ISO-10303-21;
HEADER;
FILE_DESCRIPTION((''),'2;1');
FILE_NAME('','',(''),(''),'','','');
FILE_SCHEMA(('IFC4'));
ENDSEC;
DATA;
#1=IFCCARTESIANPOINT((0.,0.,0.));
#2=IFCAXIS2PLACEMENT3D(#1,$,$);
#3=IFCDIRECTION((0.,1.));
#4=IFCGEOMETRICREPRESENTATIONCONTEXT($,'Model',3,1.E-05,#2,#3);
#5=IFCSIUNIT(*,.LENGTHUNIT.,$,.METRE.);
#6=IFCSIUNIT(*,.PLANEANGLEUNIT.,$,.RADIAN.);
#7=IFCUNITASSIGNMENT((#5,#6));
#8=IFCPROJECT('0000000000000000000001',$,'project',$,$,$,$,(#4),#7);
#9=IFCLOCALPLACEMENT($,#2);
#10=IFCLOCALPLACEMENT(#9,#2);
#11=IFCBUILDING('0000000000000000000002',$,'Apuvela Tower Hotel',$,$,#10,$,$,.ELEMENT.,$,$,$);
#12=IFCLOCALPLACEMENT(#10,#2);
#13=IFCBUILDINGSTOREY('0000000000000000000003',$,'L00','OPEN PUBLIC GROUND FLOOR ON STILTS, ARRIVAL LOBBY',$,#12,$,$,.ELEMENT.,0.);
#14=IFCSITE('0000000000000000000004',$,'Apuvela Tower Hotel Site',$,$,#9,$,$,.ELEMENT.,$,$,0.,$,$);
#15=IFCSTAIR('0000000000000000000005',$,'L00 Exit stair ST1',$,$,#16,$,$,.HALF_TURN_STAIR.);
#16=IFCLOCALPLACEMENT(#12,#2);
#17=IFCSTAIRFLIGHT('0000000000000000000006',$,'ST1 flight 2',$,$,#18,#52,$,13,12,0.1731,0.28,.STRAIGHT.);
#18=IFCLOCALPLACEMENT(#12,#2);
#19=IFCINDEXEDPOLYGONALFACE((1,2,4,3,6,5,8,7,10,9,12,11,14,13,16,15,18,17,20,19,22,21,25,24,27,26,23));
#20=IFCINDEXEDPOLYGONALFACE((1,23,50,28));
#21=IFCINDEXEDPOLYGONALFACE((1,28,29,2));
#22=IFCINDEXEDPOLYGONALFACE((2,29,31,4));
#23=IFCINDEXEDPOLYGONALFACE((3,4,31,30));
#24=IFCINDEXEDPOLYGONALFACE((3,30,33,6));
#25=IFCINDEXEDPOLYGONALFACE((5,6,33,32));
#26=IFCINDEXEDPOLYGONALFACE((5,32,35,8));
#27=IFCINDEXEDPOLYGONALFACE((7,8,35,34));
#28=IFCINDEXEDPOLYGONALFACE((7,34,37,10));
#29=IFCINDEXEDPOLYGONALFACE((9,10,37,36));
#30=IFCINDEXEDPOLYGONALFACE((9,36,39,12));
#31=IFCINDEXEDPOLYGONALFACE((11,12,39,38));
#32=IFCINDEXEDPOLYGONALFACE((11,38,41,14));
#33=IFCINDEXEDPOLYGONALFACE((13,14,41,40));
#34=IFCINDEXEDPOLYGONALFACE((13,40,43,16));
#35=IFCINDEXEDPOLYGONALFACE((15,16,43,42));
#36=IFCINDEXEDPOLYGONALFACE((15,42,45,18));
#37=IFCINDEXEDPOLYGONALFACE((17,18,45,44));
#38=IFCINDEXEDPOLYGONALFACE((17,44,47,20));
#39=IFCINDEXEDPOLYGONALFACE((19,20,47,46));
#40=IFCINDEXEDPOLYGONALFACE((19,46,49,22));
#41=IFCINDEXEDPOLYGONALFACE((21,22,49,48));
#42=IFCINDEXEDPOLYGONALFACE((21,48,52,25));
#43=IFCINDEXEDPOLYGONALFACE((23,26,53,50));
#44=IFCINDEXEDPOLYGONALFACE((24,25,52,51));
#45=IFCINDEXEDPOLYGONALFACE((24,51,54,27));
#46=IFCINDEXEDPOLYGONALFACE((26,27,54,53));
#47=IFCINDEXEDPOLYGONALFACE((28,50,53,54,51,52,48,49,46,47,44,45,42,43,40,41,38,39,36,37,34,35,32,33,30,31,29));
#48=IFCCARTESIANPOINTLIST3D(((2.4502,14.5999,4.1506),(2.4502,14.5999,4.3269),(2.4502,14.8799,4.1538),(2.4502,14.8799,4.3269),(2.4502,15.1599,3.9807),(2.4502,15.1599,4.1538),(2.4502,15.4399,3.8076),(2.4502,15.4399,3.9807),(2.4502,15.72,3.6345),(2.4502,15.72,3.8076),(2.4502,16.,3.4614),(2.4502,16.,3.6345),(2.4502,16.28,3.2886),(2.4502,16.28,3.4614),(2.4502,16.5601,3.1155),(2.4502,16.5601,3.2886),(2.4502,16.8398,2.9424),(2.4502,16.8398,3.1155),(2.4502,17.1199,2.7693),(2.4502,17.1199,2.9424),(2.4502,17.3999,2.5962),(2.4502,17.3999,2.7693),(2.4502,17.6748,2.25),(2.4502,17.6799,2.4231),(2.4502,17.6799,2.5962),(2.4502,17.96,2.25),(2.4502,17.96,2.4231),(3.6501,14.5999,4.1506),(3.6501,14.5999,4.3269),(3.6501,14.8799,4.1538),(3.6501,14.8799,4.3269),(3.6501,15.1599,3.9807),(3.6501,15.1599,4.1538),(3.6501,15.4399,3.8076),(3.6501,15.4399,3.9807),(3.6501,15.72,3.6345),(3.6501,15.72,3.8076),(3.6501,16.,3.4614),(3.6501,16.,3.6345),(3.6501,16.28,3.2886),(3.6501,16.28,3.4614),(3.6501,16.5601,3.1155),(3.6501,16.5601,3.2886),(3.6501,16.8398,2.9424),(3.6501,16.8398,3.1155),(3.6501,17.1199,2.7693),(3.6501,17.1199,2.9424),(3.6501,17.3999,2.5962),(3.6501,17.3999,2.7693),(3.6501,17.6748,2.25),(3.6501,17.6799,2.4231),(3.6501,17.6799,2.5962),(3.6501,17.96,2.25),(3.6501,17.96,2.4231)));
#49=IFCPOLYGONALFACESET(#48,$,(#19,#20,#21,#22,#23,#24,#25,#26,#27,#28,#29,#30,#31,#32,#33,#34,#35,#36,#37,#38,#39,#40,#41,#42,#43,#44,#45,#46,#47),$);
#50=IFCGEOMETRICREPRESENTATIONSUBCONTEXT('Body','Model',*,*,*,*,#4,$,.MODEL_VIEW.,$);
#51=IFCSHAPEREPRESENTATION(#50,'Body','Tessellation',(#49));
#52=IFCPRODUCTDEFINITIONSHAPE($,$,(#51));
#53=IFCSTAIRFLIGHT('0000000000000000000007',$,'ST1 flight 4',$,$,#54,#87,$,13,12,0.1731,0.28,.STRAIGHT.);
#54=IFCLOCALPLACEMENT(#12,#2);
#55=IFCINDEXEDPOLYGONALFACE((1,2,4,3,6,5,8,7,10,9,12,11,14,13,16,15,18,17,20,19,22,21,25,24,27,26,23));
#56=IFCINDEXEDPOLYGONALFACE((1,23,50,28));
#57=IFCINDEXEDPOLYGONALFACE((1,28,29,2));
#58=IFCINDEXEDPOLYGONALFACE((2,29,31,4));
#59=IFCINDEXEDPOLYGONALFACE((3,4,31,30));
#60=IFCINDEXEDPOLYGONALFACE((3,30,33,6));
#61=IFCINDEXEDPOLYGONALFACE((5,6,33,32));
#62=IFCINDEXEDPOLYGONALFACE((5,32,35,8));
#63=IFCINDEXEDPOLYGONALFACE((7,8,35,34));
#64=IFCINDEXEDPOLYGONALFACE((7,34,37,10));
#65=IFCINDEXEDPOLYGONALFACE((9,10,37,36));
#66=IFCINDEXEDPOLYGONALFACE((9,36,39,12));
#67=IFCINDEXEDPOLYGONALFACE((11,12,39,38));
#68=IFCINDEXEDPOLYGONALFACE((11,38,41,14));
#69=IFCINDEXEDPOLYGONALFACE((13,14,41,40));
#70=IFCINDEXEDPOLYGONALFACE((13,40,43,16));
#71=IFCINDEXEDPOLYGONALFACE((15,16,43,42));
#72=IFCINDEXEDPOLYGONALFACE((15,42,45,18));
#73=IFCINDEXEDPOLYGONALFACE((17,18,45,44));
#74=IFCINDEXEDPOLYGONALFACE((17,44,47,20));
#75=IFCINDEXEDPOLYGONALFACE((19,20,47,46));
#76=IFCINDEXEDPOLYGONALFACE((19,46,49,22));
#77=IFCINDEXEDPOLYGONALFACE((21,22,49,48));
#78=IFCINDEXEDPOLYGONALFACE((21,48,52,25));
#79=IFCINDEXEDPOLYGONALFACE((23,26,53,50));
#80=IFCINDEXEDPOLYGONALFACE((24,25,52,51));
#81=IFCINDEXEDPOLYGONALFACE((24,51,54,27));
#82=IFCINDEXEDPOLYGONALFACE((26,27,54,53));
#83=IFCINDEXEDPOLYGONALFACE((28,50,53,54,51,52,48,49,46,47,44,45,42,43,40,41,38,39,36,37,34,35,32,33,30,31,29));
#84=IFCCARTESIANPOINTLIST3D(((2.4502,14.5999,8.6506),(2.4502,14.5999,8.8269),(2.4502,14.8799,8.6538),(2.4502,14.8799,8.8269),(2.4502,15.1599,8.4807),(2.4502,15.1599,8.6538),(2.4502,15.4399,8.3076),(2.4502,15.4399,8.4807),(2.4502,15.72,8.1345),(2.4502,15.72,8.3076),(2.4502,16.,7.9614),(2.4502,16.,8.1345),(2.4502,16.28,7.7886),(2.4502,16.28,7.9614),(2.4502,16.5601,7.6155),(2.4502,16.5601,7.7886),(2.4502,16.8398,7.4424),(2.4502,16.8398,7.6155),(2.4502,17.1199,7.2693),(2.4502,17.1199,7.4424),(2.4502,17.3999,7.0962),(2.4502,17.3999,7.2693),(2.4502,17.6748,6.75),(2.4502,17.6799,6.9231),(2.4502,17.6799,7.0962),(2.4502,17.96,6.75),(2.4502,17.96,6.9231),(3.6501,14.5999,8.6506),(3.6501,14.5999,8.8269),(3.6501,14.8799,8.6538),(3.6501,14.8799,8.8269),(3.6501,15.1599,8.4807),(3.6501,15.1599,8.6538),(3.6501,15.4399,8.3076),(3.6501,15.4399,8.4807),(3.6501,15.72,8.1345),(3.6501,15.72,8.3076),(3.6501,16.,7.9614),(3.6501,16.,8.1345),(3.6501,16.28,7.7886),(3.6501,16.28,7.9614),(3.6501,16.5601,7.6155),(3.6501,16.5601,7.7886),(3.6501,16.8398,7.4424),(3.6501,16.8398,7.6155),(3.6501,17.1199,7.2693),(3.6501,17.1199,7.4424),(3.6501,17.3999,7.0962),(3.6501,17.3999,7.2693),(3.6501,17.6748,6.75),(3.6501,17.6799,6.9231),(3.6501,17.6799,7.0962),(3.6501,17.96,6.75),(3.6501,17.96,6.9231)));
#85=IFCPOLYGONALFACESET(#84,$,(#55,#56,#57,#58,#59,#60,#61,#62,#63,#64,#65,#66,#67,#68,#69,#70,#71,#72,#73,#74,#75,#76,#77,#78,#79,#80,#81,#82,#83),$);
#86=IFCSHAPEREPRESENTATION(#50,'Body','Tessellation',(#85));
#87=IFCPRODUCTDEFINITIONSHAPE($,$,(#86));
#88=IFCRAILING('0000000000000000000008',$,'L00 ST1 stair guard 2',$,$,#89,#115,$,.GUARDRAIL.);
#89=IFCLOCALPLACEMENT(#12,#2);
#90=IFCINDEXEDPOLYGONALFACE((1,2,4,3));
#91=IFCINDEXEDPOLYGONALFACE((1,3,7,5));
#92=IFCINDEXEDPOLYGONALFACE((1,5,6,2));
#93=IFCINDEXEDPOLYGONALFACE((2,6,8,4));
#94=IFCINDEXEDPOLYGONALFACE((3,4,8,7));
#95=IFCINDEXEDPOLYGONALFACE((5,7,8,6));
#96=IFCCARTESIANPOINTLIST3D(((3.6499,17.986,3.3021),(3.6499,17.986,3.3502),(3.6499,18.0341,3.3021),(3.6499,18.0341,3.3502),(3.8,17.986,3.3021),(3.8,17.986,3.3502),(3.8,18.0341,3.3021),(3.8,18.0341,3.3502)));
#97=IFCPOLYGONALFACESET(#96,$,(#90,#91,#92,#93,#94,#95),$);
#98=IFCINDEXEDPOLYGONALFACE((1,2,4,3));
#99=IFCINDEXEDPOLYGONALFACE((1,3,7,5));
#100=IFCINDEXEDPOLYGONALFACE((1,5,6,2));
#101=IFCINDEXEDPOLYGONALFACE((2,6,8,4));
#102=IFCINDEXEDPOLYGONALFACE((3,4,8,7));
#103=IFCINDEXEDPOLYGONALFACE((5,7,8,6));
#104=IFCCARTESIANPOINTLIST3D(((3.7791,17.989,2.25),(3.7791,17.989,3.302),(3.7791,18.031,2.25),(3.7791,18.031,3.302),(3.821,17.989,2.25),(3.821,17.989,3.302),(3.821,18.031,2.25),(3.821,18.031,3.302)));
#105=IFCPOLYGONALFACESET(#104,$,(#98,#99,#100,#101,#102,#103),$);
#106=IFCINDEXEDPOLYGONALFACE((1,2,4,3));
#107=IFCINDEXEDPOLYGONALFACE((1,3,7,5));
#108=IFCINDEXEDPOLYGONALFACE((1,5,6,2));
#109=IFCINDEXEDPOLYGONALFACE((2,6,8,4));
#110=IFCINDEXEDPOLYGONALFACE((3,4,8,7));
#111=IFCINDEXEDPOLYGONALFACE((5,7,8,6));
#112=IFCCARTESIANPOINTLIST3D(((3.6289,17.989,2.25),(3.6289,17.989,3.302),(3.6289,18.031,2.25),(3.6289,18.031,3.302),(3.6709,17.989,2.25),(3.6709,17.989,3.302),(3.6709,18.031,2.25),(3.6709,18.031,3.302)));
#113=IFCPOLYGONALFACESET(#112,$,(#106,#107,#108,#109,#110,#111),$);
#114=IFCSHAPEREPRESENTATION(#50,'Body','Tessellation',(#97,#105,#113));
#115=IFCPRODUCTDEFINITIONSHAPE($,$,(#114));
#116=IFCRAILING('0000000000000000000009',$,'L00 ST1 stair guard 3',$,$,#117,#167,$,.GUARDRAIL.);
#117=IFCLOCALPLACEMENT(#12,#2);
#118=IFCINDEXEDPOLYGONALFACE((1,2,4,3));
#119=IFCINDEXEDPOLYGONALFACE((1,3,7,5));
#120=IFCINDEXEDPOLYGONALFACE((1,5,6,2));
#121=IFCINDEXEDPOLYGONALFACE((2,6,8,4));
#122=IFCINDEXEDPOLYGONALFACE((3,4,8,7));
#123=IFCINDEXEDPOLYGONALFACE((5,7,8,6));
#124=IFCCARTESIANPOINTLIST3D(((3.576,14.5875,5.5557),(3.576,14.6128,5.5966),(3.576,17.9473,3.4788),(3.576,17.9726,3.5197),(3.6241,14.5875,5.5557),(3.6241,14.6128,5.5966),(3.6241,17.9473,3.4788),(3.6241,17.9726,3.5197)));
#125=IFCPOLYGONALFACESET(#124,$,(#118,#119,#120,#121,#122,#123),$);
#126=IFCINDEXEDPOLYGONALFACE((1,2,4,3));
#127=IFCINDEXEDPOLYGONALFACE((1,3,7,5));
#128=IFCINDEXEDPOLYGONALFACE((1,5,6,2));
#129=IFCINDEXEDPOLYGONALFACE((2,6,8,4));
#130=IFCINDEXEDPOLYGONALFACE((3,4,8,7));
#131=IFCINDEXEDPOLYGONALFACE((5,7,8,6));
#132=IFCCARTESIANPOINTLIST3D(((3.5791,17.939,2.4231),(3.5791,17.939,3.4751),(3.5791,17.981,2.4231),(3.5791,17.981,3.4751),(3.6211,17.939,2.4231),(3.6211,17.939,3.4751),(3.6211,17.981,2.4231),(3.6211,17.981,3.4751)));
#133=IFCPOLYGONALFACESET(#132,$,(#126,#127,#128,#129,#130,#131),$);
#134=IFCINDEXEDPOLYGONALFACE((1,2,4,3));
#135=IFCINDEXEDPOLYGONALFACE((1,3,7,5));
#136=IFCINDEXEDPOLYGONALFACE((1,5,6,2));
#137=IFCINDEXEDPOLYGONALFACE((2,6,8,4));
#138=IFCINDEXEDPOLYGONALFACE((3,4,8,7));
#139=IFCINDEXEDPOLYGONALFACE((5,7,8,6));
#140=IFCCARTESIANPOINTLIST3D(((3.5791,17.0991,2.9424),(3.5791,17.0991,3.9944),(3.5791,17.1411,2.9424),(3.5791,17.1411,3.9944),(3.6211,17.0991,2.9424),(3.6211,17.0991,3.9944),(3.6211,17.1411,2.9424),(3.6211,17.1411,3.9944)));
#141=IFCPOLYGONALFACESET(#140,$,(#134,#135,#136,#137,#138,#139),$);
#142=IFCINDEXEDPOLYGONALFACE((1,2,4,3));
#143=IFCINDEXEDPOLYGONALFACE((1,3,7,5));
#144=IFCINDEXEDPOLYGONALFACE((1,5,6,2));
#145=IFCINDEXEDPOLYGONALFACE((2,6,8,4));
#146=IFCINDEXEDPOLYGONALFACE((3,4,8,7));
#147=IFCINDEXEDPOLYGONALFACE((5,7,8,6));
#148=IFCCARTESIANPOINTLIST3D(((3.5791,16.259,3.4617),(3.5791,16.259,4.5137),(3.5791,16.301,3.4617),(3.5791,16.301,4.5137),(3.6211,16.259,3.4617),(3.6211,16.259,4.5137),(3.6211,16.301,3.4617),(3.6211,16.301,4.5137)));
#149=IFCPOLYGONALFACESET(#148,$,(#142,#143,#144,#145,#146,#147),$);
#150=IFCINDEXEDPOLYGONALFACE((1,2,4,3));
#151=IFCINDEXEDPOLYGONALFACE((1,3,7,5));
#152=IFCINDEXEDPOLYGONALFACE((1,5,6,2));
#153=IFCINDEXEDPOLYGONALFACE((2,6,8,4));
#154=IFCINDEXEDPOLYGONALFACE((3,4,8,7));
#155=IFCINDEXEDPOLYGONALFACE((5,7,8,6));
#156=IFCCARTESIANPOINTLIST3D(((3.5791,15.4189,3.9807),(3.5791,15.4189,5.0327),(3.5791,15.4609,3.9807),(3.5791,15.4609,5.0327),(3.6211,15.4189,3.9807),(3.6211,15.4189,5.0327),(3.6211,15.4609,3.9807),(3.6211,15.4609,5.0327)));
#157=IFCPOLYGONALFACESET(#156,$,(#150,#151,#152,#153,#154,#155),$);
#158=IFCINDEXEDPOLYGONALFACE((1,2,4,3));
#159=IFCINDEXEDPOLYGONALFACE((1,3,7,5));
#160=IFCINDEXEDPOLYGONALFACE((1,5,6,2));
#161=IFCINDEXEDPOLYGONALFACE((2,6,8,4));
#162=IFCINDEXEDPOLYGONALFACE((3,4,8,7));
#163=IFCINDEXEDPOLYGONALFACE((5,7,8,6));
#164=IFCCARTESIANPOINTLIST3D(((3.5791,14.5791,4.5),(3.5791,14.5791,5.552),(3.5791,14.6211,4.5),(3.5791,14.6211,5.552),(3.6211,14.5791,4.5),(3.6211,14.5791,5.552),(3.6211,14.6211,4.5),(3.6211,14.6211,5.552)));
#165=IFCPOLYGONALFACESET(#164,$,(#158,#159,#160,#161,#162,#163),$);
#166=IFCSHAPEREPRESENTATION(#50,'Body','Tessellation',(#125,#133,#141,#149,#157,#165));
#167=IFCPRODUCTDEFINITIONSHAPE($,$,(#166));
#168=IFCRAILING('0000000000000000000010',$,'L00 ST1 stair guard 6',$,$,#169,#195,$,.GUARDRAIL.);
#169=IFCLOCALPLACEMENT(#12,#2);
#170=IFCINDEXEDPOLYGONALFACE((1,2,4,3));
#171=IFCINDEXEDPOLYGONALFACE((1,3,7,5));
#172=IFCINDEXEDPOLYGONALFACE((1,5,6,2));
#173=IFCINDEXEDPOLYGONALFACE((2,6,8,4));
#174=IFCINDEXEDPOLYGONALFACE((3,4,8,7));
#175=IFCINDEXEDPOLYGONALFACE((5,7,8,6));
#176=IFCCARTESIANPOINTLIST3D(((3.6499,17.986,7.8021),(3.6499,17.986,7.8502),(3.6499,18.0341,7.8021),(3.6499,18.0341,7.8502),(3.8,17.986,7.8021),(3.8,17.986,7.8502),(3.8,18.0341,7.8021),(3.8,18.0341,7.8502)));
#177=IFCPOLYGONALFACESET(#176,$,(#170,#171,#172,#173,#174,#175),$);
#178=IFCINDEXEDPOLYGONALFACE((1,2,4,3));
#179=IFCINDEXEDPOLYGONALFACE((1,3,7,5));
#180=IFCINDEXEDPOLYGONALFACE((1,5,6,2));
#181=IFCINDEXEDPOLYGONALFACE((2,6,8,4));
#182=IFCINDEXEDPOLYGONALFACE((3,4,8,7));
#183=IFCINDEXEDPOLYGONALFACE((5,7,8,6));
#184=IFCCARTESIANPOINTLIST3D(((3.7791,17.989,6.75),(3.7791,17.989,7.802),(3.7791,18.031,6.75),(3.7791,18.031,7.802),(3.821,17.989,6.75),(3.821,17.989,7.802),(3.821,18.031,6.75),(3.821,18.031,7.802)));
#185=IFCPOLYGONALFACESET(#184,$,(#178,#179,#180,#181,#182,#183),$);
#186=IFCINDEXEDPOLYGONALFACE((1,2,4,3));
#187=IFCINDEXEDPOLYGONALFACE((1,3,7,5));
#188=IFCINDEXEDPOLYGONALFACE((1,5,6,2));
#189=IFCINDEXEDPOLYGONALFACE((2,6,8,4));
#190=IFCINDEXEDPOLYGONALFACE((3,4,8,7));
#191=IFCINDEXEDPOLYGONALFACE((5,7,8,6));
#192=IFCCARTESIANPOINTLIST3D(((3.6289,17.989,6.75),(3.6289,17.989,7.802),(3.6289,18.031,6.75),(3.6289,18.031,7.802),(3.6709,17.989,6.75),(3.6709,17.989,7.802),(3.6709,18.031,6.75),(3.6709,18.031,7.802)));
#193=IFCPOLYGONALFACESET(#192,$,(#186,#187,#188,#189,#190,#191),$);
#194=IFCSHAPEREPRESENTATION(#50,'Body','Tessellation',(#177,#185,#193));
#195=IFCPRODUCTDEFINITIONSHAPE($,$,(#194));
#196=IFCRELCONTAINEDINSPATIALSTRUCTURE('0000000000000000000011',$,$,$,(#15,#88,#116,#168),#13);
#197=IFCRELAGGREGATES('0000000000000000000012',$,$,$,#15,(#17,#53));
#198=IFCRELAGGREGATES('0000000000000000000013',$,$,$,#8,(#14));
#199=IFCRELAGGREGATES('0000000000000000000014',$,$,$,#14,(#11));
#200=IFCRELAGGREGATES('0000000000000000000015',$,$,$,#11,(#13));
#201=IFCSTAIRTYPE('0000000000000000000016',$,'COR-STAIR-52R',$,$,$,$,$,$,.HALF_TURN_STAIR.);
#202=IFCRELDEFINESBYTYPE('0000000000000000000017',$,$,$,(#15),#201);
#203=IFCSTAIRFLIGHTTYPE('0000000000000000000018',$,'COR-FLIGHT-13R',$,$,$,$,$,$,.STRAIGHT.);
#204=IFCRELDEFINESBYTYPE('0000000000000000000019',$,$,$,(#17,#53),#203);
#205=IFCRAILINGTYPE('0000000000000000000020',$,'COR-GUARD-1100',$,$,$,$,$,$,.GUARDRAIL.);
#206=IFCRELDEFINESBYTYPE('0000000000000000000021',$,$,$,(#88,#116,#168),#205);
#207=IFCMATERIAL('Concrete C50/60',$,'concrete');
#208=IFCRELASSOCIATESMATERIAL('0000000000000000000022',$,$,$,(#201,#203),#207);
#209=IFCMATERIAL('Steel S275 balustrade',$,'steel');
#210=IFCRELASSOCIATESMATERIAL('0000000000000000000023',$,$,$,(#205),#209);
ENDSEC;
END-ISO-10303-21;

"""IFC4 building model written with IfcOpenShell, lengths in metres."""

from ifc_helpers import new_model, si_unit, direction, frame, origin, origin_2d, place, context, subcontext, project, spatial, polyline, rectangle, outline, extrude, material, type_object, element, aggregate, save


model = new_model("IFC4")

# Units and contexts
model_context = context("Model", 3, precision=1e-05, world=origin(), true_north=direction((0.0, 1.0)))
body_context = subcontext(model_context, "Body", "Model", "MODEL_VIEW")
ifc_project = project(units=[si_unit("LENGTHUNIT", "METRE"), si_unit("PLANEANGLEUNIT", "RADIAN")], contexts=[model_context])

# Site, building, storey
site_placement = place(None, origin())
site = spatial("IfcSite", under=ifc_project, at=site_placement, Name="Apuvela Tower Hotel Site", CompositionType="ELEMENT", RefElevation=0.0)
building_placement = place(site_placement, origin())
building = spatial("IfcBuilding", under=site, at=building_placement, Name="Apuvela Tower Hotel", CompositionType="ELEMENT")
storey_placement = place(building_placement, origin())
storey = spatial("IfcBuildingStorey", under=building, at=storey_placement, Name="L00", Description="OPEN PUBLIC GROUND FLOOR ON STILTS, ARRIVAL LOBBY", CompositionType="ELEMENT", Elevation=0.0)

# Shared definitions
ifc_material_1 = material(Name="Concrete C50/60", Category="concrete")

# Stair, stair flights
stair_type = type_object("IfcStairType", Name="COR-STAIR-52R", PredefinedType="HALF_TURN_STAIR", material=ifc_material_1)
stair_placement = place(storey_placement, origin())
stair = element("IfcStair", 1, at=stair_placement, inside=storey, type_object=stair_type, Name="L00 Exit stair ST1", PredefinedType="HALF_TURN_STAIR")
stair_flight_type = type_object("IfcStairFlightType", Name="COR-FLIGHT-13R", PredefinedType="STRAIGHT", material=ifc_material_1)
stair_flight_1_placement = place(storey_placement, frame((3.05, 17.96, 2.25), z_axis=(0.0, 0.0, 1.0), x_axis=(0.0, -1.0, 0.0)))
stair_flight_1 = element("IfcStairFlight", 2, at=stair_flight_1_placement, type_object=stair_flight_type, Name="ST1 flight 2", NumberOfRisers=13, NumberOfTreads=12, PredefinedType="STRAIGHT", RiserHeight=0.1731, TreadLength=0.28, context=body_context, shape_type="SweptSolid", body=[
    extrude(outline(polyline([(0.0, 0.0), (0.0, 0.1731), (0.28, 0.1731), (0.28, 0.3462), (0.5601, 0.3462), (0.5601, 0.5193), (0.8401, 0.5193), (0.8401, 0.6924), (1.1201, 0.6924), (1.1201, 0.8655), (1.3999, 0.8655), (1.3999, 1.0386), (1.6799, 1.0386), (1.6799, 1.2114), (1.96, 1.2114), (1.96, 1.3845), (2.24, 1.3845), (2.24, 1.5576), (2.52, 1.5576), (2.52, 1.7307), (2.8, 1.7307), (2.8, 1.9038), (3.0801, 1.9038), (3.0801, 2.0769), (3.3601, 2.0769), (3.3601, 2.25), (3.3601, 1.9006), (0.2852, 0.0), (0.0, 0.0)])), frame((0.0, 0.6001, 0.0), z_axis=(0.0, -1.0, 0.0), x_axis=(1.0, 0.0, 0.0)), (0.0, 0.0, 1.0), 1.2),
])
stair_flight_2_placement = place(storey_placement, frame((3.05, 17.96, 6.75), z_axis=(0.0, 0.0, 1.0), x_axis=(0.0, -1.0, 0.0)))
stair_flight_2 = element("IfcStairFlight", 3, at=stair_flight_2_placement, type_object=stair_flight_type, Name="ST1 flight 4", NumberOfRisers=13, NumberOfTreads=12, PredefinedType="STRAIGHT", RiserHeight=0.1731, TreadLength=0.28, context=body_context, shape_type="SweptSolid", body=[
    extrude(outline(polyline([(0.0, 0.0), (0.0, 0.1731), (0.28, 0.1731), (0.28, 0.3462), (0.5601, 0.3462), (0.5601, 0.5193), (0.8401, 0.5193), (0.8401, 0.6924), (1.1201, 0.6924), (1.1201, 0.8655), (1.3999, 0.8655), (1.3999, 1.0386), (1.6799, 1.0386), (1.6799, 1.2114), (1.96, 1.2114), (1.96, 1.3845), (2.24, 1.3845), (2.24, 1.5576), (2.52, 1.5576), (2.52, 1.7307), (2.8, 1.7307), (2.8, 1.9038), (3.0801, 1.9038), (3.0801, 2.0769), (3.3601, 2.0769), (3.3601, 2.25), (3.3601, 1.9006), (0.2852, 0.0), (0.0, 0.0)])), frame((0.0, 0.6001, 0.0), z_axis=(0.0, -1.0, 0.0), x_axis=(1.0, 0.0, 0.0)), (0.0, 0.0, 1.0), 1.2),
])
aggregate(stair, [stair_flight_1, stair_flight_2])

# Railings
ifc_material_2 = material(Name="Steel S275 balustrade", Category="steel")
railing_type = type_object("IfcRailingType", Name="COR-GUARD-1100", PredefinedType="GUARDRAIL", material=ifc_material_2)
railing_1_placement = place(storey_placement, frame((3.8, 18.01, 2.25)))
element("IfcRailing", 4, at=railing_1_placement, inside=storey, type_object=railing_type, Name="L00 ST1 stair guard 2", PredefinedType="GUARDRAIL", context=body_context, shape_type="SweptSolid", body=[
    extrude(rectangle(XDim=0.0481, YDim=0.0481, at=origin_2d()), frame((0.0, 0.0, 1.0762), z_axis=(-1.0, 0.0, 0.0), x_axis=(0.0, -1.0, 0.0)), (0.0, 0.0, 1.0), 0.1501),
    extrude(rectangle(XDim=0.042, YDim=0.042, at=origin_2d()), origin(), (0.0, 0.0, 1.0), 1.052),
    extrude(rectangle(XDim=0.042, YDim=0.042, at=origin_2d()), frame((-0.1501, 0.0, 0.0)), (0.0, 0.0, 1.0), 1.052),
])
railing_2_placement = place(storey_placement, frame((3.6001, 17.96, 2.4231)))
element("IfcRailing", 5, at=railing_2_placement, inside=storey, type_object=railing_type, Name="L00 ST1 stair guard 3", PredefinedType="GUARDRAIL", context=body_context, shape_type="SweptSolid", body=[
    extrude(rectangle(XDim=0.0481, YDim=0.0481, at=origin_2d()), frame((0.0, 0.0, 1.0762), z_axis=(0.0, -0.850606, 0.525803), x_axis=(1.0, 0.0, 0.0)), (0.0, 0.0, 1.0), 3.95),
    extrude(rectangle(XDim=0.042, YDim=0.042, at=origin_2d()), origin(), (0.0, 0.0, 1.0), 1.052),
    extrude(rectangle(XDim=0.042, YDim=0.042, at=origin_2d()), frame((0.0, -0.8398, 0.5193)), (0.0, 0.0, 1.0), 1.052),
    extrude(rectangle(XDim=0.042, YDim=0.042, at=origin_2d()), frame((0.0, -1.6799, 1.0386)), (0.0, 0.0, 1.0), 1.052),
    extrude(rectangle(XDim=0.042, YDim=0.042, at=origin_2d()), frame((0.0, -2.52, 1.5576)), (0.0, 0.0, 1.0), 1.052),
    extrude(rectangle(XDim=0.042, YDim=0.042, at=origin_2d()), frame((0.0, -3.3599, 2.0769)), (0.0, 0.0, 1.0), 1.052),
])
railing_3_placement = place(storey_placement, frame((3.8, 18.01, 6.75)))
element("IfcRailing", 6, at=railing_3_placement, inside=storey, type_object=railing_type, Name="L00 ST1 stair guard 6", PredefinedType="GUARDRAIL", context=body_context, shape_type="SweptSolid", body=[
    extrude(rectangle(XDim=0.0481, YDim=0.0481, at=origin_2d()), frame((0.0, 0.0, 1.0762), z_axis=(-1.0, 0.0, 0.0), x_axis=(0.0, -1.0, 0.0)), (0.0, 0.0, 1.0), 0.1501),
    extrude(rectangle(XDim=0.042, YDim=0.042, at=origin_2d()), origin(), (0.0, 0.0, 1.0), 1.052),
    extrude(rectangle(XDim=0.042, YDim=0.042, at=origin_2d()), frame((-0.1501, 0.0, 0.0)), (0.0, 0.0, 1.0), 1.052),
])

save(model, "model.ifc")
